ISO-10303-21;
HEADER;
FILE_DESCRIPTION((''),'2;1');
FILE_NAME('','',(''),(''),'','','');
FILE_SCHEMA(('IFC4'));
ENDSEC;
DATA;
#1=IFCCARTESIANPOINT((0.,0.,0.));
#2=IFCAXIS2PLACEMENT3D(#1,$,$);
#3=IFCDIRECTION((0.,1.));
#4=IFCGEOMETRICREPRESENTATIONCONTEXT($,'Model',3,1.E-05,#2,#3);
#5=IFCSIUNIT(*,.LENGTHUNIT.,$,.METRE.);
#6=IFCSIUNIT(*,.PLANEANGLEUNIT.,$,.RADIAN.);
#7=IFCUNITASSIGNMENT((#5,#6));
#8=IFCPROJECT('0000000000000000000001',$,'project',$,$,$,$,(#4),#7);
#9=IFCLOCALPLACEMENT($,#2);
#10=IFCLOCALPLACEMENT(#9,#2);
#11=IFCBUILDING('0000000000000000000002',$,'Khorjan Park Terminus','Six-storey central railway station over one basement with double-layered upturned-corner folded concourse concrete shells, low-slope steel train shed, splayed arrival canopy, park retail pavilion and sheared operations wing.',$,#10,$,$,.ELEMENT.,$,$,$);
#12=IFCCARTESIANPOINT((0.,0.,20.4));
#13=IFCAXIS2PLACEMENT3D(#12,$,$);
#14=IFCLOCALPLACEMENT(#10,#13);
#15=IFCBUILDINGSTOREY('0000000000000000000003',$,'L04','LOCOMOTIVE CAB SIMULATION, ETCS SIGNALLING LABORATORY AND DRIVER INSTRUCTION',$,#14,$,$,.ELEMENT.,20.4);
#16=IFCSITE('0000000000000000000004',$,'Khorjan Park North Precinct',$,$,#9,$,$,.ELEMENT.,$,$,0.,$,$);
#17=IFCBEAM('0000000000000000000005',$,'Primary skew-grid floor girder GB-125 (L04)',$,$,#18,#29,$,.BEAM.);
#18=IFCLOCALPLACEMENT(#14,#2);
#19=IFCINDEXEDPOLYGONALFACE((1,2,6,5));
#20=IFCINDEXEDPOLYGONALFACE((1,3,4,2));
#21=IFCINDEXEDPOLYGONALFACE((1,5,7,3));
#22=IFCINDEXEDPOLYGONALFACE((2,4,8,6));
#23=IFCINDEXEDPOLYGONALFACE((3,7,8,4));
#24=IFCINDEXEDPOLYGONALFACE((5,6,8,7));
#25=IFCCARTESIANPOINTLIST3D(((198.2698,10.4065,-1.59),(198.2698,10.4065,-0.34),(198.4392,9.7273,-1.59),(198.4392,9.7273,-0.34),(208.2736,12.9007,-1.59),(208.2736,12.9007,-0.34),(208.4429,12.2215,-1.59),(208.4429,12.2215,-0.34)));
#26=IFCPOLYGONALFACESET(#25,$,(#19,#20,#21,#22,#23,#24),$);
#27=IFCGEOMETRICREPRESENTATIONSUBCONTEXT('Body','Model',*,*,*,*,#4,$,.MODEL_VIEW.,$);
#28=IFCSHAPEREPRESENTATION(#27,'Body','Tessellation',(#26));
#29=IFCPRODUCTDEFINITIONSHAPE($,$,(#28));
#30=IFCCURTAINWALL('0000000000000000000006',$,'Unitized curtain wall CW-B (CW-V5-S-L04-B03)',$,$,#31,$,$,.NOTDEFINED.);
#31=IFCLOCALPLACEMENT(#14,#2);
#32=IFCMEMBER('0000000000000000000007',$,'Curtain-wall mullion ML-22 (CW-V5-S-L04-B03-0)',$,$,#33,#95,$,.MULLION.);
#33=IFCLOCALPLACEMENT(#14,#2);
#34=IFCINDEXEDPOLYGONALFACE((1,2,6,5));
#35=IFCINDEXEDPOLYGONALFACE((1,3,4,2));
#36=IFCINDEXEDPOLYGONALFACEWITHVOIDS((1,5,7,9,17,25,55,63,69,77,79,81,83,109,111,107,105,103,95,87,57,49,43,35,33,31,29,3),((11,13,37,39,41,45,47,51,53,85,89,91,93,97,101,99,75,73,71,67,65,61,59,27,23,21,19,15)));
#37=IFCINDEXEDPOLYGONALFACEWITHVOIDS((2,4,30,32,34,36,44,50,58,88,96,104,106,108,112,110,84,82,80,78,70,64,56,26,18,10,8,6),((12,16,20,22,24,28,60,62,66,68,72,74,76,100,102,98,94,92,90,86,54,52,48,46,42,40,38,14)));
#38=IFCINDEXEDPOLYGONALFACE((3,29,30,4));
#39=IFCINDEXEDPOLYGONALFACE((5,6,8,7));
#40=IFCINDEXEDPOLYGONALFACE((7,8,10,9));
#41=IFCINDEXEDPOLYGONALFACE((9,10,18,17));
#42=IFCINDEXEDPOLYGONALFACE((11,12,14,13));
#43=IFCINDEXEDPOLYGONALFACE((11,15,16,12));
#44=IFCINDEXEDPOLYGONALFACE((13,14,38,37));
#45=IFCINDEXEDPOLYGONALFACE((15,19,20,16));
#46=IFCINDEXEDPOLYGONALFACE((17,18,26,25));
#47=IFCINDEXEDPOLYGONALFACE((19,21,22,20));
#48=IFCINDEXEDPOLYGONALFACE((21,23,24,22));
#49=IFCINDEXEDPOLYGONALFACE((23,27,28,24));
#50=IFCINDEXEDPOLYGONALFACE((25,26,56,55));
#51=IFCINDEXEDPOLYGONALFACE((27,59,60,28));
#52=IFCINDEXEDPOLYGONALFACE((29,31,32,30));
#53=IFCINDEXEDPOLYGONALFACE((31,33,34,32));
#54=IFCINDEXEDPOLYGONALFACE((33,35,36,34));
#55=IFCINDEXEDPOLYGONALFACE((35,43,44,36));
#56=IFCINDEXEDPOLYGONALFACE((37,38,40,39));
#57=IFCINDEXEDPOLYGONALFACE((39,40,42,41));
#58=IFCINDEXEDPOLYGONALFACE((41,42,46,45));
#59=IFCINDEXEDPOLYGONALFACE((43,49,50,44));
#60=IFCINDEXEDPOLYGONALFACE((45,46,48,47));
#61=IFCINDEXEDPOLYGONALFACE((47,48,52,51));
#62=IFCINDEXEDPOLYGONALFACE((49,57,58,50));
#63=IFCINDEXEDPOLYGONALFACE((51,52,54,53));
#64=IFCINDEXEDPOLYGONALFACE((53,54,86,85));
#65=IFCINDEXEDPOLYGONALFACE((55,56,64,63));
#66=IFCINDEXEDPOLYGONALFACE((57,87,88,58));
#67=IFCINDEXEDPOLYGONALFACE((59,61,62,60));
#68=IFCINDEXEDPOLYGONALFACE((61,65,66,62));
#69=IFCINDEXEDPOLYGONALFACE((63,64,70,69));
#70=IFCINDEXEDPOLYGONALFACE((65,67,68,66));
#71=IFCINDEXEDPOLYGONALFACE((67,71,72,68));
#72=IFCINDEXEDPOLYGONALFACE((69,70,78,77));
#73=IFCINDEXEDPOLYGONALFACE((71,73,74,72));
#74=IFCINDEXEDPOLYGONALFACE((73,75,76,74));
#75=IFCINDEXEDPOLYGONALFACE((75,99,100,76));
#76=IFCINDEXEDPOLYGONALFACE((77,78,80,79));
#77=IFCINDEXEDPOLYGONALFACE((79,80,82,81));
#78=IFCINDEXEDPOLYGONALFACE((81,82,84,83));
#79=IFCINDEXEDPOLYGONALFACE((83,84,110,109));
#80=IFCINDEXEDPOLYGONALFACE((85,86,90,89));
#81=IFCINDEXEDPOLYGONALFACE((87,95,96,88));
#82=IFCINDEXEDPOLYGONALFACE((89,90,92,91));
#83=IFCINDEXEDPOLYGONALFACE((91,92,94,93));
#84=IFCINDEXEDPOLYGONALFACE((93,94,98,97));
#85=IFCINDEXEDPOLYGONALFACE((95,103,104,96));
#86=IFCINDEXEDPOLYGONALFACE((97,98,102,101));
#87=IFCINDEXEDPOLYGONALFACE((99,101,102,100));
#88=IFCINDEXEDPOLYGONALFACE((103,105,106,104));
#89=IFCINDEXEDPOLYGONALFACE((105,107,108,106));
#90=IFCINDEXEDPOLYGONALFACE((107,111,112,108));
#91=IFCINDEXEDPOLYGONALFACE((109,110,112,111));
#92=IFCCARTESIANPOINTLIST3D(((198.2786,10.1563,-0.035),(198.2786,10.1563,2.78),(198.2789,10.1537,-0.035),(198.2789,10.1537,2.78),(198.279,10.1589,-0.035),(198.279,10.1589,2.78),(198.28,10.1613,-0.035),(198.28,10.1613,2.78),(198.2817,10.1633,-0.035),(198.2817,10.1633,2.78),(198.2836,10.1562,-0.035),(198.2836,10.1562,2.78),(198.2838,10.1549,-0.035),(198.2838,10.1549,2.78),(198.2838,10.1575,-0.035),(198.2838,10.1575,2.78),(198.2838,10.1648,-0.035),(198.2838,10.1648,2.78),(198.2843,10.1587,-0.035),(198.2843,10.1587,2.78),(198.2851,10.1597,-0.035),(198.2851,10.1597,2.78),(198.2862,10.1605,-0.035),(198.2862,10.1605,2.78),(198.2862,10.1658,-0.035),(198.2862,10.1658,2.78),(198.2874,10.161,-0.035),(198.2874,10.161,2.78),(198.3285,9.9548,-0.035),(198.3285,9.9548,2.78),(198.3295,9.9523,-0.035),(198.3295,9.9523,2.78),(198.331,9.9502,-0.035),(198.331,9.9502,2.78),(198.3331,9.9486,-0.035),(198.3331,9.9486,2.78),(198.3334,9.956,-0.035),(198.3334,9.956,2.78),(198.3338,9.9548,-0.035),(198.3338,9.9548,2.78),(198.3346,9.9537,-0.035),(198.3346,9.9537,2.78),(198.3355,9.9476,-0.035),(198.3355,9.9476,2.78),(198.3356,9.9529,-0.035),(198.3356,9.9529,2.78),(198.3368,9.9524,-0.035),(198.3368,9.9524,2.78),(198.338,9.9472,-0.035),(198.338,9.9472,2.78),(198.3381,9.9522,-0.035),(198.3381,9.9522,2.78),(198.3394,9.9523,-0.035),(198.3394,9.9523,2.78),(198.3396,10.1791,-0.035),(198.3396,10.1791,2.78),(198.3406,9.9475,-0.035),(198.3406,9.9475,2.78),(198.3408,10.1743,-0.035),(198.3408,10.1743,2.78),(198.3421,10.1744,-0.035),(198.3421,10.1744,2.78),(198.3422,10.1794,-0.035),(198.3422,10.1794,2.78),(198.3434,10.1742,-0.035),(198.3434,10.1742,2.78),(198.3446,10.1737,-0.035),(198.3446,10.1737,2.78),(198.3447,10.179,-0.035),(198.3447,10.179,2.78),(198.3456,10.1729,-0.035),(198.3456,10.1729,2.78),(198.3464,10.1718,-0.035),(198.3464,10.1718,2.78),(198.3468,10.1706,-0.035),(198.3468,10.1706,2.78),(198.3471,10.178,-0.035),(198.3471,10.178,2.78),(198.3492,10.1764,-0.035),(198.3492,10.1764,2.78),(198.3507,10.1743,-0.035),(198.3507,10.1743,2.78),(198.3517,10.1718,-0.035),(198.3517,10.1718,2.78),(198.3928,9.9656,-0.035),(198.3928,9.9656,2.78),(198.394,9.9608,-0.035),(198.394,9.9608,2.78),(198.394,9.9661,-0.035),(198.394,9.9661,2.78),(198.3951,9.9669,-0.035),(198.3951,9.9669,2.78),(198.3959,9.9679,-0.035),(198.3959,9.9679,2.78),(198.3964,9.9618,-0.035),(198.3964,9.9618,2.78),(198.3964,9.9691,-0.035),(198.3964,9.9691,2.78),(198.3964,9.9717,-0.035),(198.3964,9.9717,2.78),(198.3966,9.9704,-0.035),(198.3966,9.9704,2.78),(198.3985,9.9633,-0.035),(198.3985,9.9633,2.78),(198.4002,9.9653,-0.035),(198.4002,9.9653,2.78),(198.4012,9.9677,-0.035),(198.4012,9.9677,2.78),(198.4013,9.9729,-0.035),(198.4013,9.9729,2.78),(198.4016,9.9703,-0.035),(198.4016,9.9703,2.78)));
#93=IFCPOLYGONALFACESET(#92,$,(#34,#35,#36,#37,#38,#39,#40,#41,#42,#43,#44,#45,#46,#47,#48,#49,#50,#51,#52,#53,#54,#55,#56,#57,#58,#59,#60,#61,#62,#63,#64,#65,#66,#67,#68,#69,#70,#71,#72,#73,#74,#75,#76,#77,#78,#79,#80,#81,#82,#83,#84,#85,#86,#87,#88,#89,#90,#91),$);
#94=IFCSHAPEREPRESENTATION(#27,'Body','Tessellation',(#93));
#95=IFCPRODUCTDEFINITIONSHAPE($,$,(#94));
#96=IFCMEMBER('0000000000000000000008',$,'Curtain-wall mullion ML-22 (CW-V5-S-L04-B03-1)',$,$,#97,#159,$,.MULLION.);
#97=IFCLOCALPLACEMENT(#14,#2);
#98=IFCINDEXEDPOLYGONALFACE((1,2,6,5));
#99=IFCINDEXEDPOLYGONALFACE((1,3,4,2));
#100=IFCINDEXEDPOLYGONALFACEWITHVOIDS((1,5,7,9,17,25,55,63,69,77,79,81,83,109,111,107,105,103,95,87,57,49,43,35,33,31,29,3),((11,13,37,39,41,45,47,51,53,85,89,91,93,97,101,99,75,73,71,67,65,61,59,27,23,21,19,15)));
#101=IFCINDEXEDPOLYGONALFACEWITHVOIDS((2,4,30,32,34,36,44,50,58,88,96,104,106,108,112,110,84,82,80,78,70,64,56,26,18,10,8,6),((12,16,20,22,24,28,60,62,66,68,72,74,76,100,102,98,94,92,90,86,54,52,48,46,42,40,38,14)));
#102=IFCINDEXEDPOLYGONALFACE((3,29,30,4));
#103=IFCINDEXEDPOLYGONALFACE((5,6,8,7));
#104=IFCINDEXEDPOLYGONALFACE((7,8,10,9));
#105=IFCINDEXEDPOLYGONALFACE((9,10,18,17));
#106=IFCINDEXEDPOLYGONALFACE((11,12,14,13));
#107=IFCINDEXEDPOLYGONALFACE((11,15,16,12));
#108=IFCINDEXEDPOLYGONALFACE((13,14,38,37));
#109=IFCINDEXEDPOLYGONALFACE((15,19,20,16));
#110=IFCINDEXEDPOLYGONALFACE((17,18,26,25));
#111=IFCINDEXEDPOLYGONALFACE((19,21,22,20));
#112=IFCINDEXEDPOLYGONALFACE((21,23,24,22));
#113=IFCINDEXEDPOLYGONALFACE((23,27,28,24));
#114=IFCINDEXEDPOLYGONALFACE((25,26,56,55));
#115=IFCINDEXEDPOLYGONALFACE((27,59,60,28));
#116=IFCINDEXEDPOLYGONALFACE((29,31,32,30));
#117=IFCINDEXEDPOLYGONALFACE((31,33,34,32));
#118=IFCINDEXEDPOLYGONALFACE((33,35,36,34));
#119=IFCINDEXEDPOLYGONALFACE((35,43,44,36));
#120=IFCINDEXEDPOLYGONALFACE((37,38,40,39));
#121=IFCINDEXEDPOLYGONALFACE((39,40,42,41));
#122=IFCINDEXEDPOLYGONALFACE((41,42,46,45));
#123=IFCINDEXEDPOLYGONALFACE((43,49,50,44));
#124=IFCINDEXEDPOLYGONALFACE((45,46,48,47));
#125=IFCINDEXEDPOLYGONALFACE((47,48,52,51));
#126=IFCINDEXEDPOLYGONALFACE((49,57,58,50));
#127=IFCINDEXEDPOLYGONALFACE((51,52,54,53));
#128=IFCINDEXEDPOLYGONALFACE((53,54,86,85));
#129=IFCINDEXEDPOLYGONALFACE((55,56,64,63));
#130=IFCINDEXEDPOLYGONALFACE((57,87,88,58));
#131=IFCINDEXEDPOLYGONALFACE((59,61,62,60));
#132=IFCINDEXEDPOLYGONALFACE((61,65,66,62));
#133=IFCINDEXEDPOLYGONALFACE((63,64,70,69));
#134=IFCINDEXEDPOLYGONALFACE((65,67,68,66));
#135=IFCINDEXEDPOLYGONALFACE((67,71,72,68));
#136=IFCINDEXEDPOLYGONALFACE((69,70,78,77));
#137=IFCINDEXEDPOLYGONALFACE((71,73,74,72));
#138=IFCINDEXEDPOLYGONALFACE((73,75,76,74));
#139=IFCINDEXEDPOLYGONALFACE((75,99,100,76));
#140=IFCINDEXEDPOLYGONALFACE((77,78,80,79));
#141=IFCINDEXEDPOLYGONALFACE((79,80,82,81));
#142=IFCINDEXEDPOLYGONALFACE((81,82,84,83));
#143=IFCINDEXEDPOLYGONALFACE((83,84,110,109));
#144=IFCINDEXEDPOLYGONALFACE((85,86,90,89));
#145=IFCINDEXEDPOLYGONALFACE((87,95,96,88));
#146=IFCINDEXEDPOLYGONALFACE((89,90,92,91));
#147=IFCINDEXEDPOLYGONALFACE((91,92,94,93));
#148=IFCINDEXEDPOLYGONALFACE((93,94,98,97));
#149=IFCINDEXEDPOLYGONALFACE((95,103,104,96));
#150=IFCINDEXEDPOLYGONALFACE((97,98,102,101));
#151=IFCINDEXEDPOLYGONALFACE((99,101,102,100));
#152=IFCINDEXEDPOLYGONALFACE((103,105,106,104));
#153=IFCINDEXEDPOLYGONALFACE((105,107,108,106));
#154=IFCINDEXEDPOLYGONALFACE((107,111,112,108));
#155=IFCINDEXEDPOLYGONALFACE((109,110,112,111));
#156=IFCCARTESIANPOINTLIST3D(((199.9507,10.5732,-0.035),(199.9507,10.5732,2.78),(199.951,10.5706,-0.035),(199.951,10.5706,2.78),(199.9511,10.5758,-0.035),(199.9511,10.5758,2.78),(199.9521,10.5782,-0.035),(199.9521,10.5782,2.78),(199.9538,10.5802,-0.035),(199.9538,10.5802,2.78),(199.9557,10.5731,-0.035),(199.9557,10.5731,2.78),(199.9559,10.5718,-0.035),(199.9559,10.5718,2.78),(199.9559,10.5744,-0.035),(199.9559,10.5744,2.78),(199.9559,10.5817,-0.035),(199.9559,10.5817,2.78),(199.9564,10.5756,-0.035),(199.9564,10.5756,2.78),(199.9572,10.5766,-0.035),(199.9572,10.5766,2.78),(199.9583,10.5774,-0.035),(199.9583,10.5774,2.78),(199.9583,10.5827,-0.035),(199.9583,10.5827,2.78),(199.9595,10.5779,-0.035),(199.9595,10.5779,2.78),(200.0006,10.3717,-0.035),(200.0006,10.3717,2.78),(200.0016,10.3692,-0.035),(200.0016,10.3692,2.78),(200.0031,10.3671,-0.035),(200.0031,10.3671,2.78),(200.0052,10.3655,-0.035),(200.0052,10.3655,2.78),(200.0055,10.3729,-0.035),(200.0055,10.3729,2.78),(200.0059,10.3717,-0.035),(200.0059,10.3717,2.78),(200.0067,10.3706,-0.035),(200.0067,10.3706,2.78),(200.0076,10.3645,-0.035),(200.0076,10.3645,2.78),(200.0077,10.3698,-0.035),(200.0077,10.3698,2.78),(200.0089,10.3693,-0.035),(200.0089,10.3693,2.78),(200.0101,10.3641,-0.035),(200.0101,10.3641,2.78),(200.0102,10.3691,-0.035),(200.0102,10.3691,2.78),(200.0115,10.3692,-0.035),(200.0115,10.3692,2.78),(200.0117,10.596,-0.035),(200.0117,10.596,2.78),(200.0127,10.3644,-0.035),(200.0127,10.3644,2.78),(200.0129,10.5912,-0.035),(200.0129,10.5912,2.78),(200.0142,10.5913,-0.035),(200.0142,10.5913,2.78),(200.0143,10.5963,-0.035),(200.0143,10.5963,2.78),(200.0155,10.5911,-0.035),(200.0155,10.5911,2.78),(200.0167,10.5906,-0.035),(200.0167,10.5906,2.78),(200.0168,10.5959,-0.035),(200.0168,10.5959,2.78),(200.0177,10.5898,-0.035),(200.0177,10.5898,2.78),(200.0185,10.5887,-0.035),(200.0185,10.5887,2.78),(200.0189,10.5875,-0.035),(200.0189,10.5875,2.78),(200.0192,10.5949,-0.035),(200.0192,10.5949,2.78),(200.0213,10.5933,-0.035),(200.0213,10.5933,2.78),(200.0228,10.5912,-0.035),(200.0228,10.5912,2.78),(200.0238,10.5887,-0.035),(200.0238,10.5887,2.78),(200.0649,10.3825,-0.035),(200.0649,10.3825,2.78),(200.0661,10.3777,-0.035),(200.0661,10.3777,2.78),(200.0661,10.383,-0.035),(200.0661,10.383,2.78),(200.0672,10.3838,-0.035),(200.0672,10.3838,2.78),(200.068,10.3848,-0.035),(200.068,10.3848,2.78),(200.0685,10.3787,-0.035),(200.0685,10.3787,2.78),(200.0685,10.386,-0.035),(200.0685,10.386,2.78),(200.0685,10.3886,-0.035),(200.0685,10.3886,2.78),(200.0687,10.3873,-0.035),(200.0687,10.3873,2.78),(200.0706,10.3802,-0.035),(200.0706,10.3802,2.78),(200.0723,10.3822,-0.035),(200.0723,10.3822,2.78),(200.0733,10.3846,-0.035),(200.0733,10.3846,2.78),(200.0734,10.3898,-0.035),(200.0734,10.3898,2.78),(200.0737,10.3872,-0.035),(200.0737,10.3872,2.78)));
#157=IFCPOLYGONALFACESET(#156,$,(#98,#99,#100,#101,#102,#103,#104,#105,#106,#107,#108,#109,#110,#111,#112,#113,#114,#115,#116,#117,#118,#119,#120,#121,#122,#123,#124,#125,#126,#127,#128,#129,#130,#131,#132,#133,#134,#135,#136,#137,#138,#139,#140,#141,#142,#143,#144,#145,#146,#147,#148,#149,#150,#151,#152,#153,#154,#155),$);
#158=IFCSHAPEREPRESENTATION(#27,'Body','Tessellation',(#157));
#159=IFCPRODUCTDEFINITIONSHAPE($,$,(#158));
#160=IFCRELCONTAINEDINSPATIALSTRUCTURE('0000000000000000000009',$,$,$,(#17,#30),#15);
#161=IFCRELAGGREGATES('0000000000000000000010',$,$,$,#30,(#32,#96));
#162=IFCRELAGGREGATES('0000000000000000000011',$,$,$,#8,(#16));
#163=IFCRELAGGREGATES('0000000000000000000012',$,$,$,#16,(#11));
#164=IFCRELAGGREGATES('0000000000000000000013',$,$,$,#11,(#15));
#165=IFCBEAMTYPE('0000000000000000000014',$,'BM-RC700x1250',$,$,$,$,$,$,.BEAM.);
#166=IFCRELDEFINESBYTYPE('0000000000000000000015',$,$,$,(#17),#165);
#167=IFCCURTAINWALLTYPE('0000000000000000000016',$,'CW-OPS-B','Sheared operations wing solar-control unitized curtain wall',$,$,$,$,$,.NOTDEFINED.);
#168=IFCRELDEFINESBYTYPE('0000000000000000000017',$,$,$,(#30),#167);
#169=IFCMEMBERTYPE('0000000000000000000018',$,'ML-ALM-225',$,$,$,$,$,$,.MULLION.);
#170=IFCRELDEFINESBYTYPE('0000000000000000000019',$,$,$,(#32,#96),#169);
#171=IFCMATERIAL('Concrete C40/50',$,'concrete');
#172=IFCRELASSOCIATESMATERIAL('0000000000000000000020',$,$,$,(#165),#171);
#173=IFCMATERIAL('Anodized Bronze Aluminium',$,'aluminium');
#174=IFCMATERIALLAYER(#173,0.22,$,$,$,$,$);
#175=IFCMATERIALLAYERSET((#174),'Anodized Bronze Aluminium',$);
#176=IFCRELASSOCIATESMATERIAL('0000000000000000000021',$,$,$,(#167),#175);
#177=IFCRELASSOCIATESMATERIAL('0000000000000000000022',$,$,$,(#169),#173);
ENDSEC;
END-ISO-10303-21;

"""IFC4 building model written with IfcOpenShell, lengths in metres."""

from ifc_helpers import new_model, si_unit, direction, frame, origin, origin_2d, place, context, subcontext, project, spatial, rectangle, hollow_rectangle, extrude, material, layer, layer_set, material_profile, profile_set, type_object, element, aggregate, save


model = new_model("IFC4")

# Units and contexts
model_context = context("Model", 3, precision=1e-05, world=origin(), true_north=direction((0.0, 1.0)))
body_context = subcontext(model_context, "Body", "Model", "MODEL_VIEW")
ifc_project = project(units=[si_unit("LENGTHUNIT", "METRE"), si_unit("PLANEANGLEUNIT", "RADIAN")], contexts=[model_context])

# Site, building, storey
site_placement = place(None, origin())
site = spatial("IfcSite", under=ifc_project, at=site_placement, Name="Khorjan Park North Precinct", CompositionType="ELEMENT", RefElevation=0.0)
building_placement = place(site_placement, origin())
building = spatial("IfcBuilding", under=site, at=building_placement, Name="Khorjan Park Terminus", Description="Six-storey central railway station over one basement with double-layered upturned-corner folded concourse concrete shells, low-slope steel train shed, splayed arrival canopy, park retail pavilion and sheared operations wing.", CompositionType="ELEMENT")
storey_placement = place(building_placement, frame((0.0, 0.0, 20.4)))
storey = spatial("IfcBuildingStorey", under=building, at=storey_placement, Name="L04", Description="LOCOMOTIVE CAB SIMULATION, ETCS SIGNALLING LABORATORY AND DRIVER INSTRUCTION", CompositionType="ELEMENT", Elevation=20.4)

# Beam
ifc_material_1 = material(Name="Concrete C40/50", Category="concrete")
ifc_material_profile_1 = material_profile(ifc_material_1, rectangle(XDim=0.7, YDim=1.25, at=origin_2d()), Name="RC 700x1250")
ifc_profile_set_1 = profile_set([ifc_material_profile_1], Name="Concrete C40/50")
beam_type = type_object("IfcBeamType", Name="BM-RC700x1250", PredefinedType="BEAM", material=ifc_profile_set_1)
beam_placement = place(storey_placement, frame((198.3545, 10.0669, -0.965), z_axis=(0.970296, 0.241919, 0.0), x_axis=(-0.241919, 0.970296, 0.0)))
element("IfcBeam", 1, at=beam_placement, inside=storey, type_object=beam_type, Name="Primary skew-grid floor girder GB-125 (L04)", PredefinedType="BEAM", context=body_context, shape_type="SweptSolid", body=[
    extrude(rectangle(XDim=0.7, YDim=1.25, at=origin_2d()), origin(), (0.0, 0.0, 1.0), 10.31),
])

# Curtain wall, members
ifc_material_2 = material(Name="Anodized Bronze Aluminium", Category="aluminium")
ifc_layer_1 = layer(ifc_material_2, 0.22)
ifc_layer_set_1 = layer_set([ifc_layer_1], Name="Anodized Bronze Aluminium")
curtain_wall_type = type_object("IfcCurtainWallType", Name="CW-OPS-B", Description="Sheared operations wing solar-control unitized curtain wall", PredefinedType="NOTDEFINED", material=ifc_layer_set_1)
curtain_wall_placement = place(storey_placement, origin())
curtain_wall = element("IfcCurtainWall", 2, at=curtain_wall_placement, inside=storey, type_object=curtain_wall_type, Name="Unitized curtain wall CW-B (CW-V5-S-L04-B03)", PredefinedType="NOTDEFINED")
ifc_material_profile_2 = material_profile(ifc_material_2, hollow_rectangle(XDim=0.075, YDim=0.225, WallThickness=0.005, InnerFilletRadius=0.005, OuterFilletRadius=0.01, at=origin_2d()), Name="ALM 75x225x5")
ifc_profile_set_2 = profile_set([ifc_material_profile_2], Name="Anodized Bronze Aluminium")
member_type_1 = type_object("IfcMemberType", Name="ML-ALM-225", PredefinedType="MULLION", material=ifc_profile_set_2)
member_1_placement = place(storey_placement, frame((198.3401, 10.0633, -0.035), z_axis=(0.0, 0.0, 1.0), x_axis=(0.970295, 0.241926, 0.0)))
member_1 = element("IfcMember", 3, at=member_1_placement, type_object=member_type_1, Name="Curtain-wall mullion ML-22 (CW-V5-S-L04-B03-0)", PredefinedType="MULLION", context=body_context, shape_type="SweptSolid", body=[
    extrude(hollow_rectangle(XDim=0.075, YDim=0.225, WallThickness=0.005, InnerFilletRadius=0.005, OuterFilletRadius=0.01, at=origin_2d()), origin(), (0.0, 0.0, 1.0), 2.815),
])
member_2_placement = place(storey_placement, frame((200.0122, 10.4802, -0.035), z_axis=(0.0, 0.0, 1.0), x_axis=(0.970295, 0.241926, 0.0)))
member_2 = element("IfcMember", 4, at=member_2_placement, type_object=member_type_1, Name="Curtain-wall mullion ML-22 (CW-V5-S-L04-B03-1)", PredefinedType="MULLION", context=body_context, shape_type="SweptSolid", body=[
    extrude(hollow_rectangle(XDim=0.075, YDim=0.225, WallThickness=0.005, InnerFilletRadius=0.005, OuterFilletRadius=0.01, at=origin_2d()), origin(), (0.0, 0.0, 1.0), 2.815),
])
aggregate(curtain_wall, [member_1, member_2])

save(model, "model.ifc")
